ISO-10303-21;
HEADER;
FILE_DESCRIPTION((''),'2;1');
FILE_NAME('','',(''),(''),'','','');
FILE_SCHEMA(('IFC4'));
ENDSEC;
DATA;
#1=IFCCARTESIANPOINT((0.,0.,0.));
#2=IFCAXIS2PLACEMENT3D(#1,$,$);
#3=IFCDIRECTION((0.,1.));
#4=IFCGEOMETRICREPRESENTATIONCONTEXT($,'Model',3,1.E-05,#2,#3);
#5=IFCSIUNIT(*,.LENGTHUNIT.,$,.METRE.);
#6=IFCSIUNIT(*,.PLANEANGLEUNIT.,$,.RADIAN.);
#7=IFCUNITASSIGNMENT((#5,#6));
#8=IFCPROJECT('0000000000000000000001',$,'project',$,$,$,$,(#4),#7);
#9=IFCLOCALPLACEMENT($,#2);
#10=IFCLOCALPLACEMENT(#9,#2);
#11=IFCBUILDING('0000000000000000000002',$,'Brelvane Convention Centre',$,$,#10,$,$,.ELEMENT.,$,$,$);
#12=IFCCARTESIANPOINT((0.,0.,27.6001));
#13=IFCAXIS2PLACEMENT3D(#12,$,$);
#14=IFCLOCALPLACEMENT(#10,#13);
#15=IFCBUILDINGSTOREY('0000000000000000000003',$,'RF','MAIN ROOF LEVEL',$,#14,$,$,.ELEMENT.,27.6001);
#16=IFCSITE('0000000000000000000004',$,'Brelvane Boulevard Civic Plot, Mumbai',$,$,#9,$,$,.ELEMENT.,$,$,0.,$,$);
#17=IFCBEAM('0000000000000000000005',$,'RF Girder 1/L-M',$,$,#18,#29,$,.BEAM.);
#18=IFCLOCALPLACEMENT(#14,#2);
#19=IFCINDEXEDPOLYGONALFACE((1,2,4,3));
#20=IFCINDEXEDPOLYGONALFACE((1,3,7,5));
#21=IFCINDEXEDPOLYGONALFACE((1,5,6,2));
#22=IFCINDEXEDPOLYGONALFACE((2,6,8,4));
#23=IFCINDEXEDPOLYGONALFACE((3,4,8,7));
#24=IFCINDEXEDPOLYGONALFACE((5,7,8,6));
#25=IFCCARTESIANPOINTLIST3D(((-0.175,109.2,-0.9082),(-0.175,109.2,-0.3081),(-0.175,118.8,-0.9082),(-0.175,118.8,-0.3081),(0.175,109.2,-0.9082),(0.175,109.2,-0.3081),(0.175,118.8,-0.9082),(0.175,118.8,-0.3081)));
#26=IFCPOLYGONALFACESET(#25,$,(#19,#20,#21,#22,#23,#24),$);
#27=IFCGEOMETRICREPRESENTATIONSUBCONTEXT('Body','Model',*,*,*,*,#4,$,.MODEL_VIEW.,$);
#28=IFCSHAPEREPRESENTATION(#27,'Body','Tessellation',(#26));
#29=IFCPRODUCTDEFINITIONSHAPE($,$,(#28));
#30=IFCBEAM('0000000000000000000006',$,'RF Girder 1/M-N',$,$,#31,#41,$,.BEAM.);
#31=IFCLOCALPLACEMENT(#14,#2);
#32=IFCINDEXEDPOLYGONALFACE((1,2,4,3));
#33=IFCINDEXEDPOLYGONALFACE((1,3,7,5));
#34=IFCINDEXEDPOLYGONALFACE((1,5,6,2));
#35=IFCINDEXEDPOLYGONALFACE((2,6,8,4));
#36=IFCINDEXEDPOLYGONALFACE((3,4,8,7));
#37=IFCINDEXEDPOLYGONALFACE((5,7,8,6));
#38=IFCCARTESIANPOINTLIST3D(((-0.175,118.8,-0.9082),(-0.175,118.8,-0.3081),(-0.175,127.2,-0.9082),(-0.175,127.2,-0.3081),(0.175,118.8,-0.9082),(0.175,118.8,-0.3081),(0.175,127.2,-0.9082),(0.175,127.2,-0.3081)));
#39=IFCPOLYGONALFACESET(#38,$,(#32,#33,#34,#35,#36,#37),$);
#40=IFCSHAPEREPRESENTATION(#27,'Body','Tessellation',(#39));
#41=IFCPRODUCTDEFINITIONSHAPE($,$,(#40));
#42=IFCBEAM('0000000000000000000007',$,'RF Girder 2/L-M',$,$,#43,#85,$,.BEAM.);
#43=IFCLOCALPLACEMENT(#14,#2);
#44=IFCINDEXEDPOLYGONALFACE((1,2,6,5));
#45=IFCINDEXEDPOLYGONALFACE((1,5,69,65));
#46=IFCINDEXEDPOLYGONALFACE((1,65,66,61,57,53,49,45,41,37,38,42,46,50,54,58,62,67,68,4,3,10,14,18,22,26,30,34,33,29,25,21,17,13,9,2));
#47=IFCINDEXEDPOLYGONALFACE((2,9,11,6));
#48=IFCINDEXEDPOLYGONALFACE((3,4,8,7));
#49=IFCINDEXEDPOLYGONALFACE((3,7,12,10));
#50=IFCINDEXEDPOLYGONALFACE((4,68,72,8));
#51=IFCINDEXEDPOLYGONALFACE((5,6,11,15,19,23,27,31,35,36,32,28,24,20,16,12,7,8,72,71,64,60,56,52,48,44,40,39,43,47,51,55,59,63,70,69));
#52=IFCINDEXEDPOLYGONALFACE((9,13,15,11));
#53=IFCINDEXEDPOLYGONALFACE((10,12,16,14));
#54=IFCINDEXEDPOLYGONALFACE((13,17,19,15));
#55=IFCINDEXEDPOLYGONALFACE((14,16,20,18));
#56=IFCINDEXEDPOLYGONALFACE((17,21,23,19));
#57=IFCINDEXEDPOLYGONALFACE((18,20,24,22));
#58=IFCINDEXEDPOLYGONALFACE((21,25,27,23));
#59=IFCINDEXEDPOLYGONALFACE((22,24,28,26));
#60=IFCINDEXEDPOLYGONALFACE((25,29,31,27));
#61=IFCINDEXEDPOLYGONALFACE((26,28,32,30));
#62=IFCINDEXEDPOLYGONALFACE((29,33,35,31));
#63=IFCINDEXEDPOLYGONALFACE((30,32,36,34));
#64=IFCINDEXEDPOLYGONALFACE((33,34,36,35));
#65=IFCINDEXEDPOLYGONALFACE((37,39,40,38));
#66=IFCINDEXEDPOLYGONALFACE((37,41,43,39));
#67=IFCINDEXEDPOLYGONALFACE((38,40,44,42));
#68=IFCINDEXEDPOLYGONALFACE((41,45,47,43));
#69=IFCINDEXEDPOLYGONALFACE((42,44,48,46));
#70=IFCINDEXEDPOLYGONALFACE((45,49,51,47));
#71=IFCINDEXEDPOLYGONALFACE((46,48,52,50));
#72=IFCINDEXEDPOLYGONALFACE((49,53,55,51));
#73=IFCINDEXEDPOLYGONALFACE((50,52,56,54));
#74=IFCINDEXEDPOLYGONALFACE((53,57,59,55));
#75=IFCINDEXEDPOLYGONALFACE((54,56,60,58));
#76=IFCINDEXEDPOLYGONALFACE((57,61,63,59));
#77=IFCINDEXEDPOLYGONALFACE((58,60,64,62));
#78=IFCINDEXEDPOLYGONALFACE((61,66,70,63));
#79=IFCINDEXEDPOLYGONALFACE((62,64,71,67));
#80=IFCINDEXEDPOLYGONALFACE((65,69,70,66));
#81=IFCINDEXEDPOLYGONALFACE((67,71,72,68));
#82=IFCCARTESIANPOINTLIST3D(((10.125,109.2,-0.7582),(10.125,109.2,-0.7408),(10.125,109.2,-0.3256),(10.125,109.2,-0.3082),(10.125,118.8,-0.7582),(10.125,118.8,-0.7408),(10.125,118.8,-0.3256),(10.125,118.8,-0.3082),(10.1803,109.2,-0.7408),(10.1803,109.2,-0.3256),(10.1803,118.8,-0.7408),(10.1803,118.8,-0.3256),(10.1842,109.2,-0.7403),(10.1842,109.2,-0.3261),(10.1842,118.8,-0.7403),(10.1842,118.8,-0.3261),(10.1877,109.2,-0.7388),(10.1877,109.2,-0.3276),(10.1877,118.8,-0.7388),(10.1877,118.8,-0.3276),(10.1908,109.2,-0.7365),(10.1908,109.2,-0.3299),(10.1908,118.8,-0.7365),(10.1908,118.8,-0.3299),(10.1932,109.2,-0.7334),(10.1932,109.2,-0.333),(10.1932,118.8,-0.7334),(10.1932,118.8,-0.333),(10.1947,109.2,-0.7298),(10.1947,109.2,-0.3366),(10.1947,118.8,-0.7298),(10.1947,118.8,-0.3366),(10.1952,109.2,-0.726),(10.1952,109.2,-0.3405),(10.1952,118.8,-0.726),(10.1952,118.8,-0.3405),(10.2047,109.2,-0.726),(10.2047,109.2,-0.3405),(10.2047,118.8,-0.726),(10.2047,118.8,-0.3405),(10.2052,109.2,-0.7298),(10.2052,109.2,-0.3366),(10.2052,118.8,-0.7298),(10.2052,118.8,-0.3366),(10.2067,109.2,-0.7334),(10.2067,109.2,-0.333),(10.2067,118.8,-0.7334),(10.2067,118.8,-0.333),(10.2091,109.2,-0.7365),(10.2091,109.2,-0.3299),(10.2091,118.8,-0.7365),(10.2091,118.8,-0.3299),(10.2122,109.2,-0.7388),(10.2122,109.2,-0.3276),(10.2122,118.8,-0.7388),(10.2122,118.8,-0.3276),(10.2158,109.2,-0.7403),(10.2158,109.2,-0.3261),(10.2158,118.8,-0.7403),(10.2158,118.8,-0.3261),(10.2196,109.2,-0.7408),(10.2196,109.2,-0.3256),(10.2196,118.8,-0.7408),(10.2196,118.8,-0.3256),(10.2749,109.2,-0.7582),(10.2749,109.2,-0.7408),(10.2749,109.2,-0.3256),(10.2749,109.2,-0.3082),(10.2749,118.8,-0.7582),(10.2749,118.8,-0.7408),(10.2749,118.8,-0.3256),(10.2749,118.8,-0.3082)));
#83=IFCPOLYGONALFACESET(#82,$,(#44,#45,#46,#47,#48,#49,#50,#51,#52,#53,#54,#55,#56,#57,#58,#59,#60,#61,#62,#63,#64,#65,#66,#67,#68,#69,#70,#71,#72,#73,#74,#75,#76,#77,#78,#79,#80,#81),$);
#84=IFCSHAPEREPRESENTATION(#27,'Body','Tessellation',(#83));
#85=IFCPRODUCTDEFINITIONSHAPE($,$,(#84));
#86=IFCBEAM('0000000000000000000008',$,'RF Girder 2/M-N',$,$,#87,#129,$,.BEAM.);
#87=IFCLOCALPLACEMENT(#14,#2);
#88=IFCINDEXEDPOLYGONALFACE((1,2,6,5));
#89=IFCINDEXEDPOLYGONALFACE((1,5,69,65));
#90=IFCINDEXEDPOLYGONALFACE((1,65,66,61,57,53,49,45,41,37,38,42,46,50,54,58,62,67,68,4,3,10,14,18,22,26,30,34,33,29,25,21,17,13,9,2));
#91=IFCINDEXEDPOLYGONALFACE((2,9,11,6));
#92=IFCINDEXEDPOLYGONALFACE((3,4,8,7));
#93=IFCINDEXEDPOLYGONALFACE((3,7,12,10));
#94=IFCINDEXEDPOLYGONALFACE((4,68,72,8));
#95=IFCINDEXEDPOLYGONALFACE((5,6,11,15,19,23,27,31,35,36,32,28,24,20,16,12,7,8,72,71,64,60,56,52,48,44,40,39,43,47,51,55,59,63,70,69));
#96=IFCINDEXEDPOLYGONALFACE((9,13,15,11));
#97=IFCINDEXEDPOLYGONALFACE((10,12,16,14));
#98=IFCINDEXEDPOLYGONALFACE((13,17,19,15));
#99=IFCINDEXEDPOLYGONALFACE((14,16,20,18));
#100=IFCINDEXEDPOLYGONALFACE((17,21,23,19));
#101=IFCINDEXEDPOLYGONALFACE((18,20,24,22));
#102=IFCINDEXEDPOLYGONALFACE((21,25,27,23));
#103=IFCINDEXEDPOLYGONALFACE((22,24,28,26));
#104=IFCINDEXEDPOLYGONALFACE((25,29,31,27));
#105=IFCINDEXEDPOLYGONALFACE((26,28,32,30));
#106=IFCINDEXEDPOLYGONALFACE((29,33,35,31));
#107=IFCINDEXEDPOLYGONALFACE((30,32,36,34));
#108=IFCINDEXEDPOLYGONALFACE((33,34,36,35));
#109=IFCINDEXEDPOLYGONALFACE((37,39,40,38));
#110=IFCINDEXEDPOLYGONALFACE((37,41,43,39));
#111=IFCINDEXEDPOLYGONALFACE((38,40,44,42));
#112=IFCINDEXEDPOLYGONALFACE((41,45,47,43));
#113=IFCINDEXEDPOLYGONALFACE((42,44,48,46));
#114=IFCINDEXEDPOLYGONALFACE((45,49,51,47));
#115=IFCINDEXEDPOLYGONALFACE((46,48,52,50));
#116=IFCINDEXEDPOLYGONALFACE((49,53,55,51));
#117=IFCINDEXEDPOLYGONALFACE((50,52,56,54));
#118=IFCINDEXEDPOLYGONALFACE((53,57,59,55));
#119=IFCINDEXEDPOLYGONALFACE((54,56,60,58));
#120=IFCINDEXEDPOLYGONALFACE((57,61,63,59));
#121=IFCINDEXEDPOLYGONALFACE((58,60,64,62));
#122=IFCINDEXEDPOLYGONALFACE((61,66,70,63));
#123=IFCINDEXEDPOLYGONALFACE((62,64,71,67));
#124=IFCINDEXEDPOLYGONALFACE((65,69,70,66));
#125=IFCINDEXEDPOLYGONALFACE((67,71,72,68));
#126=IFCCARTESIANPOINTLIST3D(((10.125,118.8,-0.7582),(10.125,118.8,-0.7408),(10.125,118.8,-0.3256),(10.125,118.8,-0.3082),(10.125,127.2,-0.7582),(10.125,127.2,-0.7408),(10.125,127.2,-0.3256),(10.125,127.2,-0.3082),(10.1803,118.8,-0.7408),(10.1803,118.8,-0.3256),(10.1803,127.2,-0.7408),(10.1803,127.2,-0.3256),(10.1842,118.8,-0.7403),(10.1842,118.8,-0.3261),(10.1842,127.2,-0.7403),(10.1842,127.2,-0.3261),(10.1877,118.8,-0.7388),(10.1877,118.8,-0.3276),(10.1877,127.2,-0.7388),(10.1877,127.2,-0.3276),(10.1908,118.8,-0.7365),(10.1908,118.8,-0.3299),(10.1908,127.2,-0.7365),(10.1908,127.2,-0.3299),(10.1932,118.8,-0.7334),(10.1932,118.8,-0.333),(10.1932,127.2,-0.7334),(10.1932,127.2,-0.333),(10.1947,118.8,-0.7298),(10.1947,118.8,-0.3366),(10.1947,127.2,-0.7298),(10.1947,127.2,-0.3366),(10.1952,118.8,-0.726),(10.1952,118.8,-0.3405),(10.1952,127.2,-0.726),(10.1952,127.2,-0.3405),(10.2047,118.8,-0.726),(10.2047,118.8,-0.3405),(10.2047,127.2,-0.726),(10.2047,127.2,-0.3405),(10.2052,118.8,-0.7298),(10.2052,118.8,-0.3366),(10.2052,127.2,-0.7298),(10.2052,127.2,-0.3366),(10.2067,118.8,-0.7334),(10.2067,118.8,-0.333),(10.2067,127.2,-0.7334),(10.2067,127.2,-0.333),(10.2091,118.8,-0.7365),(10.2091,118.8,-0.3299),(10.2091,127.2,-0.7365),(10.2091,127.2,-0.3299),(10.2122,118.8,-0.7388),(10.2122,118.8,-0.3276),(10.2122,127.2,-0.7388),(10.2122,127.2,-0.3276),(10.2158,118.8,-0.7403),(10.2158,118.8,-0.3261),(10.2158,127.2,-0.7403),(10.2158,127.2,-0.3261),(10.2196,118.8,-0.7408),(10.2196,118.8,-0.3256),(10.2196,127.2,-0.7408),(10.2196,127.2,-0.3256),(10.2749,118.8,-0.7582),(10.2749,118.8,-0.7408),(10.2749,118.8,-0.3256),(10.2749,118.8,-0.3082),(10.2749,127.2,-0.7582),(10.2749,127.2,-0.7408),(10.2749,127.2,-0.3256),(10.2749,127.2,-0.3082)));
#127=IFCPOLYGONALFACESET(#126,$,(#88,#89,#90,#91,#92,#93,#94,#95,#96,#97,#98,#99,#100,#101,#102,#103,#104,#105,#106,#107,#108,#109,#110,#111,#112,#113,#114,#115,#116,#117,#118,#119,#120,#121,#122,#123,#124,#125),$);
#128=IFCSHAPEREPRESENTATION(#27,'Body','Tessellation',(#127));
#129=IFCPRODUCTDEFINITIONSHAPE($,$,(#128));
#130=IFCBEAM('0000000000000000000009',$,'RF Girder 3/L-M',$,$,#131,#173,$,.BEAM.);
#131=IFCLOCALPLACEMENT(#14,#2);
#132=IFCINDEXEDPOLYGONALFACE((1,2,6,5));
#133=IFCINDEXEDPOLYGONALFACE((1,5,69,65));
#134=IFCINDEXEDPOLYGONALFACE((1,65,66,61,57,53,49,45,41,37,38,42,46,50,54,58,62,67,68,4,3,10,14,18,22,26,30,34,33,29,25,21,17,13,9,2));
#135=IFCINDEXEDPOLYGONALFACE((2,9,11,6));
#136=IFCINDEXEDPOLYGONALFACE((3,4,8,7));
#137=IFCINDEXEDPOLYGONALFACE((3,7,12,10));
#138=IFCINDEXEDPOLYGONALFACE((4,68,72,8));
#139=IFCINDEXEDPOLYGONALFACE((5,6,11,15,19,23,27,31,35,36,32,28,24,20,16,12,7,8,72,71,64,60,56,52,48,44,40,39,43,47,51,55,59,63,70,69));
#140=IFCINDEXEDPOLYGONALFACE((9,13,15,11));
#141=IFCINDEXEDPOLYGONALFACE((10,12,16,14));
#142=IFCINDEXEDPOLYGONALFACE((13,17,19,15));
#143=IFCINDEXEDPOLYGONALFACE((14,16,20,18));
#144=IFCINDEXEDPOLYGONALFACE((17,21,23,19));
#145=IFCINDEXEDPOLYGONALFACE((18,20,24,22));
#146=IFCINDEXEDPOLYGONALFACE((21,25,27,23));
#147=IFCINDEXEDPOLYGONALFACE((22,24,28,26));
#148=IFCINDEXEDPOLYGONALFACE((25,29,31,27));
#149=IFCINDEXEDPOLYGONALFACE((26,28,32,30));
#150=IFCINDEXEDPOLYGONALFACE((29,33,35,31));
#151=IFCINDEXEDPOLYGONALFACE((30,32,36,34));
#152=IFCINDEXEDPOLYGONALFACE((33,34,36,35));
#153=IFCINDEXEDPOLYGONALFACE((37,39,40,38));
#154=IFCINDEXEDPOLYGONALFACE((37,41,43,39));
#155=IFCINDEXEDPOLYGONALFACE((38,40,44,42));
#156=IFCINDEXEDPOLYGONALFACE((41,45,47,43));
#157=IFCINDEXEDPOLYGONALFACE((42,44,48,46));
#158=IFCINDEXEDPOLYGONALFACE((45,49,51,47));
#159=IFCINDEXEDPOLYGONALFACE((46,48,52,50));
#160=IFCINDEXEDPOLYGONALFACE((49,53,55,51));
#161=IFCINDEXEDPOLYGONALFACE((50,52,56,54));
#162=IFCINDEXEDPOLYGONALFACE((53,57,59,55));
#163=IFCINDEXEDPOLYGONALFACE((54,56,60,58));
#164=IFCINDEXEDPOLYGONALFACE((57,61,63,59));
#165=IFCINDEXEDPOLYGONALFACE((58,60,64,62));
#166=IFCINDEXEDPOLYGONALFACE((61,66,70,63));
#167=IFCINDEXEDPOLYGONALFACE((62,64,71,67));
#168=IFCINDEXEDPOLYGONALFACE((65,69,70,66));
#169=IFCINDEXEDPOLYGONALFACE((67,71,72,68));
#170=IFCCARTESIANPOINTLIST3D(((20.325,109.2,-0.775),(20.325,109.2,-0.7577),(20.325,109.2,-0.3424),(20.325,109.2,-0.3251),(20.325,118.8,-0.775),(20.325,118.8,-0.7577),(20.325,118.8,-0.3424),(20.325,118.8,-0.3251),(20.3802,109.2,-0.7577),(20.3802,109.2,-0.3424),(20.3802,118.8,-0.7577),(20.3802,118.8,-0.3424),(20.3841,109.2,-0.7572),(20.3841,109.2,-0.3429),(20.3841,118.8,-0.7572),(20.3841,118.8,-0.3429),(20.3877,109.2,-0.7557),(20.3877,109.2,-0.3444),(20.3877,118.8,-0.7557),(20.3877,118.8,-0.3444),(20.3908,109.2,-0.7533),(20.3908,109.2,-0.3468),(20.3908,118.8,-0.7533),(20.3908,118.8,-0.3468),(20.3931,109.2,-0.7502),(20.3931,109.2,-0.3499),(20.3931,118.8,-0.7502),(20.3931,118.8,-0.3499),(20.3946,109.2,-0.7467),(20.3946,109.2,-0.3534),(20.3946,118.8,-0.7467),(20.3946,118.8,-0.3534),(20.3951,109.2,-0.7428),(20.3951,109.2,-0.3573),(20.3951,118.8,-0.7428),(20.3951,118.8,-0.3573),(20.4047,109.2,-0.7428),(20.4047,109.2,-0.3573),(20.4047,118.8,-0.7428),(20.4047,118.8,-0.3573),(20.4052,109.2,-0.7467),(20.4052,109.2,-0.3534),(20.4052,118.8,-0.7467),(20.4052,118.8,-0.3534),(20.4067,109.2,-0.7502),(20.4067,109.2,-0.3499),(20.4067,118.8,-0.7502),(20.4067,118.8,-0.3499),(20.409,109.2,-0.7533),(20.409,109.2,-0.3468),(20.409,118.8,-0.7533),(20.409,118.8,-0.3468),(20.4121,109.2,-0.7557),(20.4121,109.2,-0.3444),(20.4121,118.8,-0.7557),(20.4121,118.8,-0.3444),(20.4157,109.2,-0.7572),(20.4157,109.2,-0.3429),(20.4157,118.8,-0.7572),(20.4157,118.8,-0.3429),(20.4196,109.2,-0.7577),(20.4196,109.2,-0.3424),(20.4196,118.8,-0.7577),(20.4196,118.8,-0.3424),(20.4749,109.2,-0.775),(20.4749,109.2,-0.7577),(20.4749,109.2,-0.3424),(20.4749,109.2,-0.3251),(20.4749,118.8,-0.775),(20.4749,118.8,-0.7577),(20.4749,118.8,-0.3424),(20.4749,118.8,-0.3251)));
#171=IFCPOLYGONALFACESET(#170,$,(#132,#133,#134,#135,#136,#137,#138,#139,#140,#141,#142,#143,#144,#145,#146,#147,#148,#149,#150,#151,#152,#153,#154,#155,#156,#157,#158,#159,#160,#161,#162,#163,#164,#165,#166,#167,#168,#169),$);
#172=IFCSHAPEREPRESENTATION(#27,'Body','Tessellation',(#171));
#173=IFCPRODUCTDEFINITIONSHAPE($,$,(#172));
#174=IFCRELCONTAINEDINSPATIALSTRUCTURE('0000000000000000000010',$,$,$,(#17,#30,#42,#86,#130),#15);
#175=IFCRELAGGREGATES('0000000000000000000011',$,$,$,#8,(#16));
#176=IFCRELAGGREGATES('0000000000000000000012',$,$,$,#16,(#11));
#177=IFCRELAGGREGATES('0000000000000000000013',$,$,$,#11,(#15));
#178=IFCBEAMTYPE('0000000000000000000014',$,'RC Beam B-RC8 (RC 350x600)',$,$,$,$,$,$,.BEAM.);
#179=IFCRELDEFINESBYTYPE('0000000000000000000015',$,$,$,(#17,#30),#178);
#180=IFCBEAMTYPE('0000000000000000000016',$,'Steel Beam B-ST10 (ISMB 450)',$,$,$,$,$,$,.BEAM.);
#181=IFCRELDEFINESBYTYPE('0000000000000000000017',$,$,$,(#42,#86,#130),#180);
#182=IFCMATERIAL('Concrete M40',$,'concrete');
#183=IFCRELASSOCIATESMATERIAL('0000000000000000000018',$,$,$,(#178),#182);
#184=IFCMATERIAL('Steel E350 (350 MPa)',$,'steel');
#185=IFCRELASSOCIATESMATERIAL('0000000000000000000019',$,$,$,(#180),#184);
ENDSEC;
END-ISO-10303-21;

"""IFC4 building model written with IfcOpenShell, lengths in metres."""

from ifc_helpers import new_model, si_unit, direction, frame, origin, origin_2d, place, context, subcontext, project, spatial, rectangle, i_section, extrude, material, material_profile, profile_set, type_object, element, save


model = new_model("IFC4")

# Units and contexts
model_context = context("Model", 3, precision=1e-05, world=origin(), true_north=direction((0.0, 1.0)))
body_context = subcontext(model_context, "Body", "Model", "MODEL_VIEW")
ifc_project = project(units=[si_unit("LENGTHUNIT", "METRE"), si_unit("PLANEANGLEUNIT", "RADIAN")], contexts=[model_context])

# Site, building, storey
site_placement = place(None, origin())
site = spatial("IfcSite", under=ifc_project, at=site_placement, Name="Brelvane Boulevard Civic Plot, Mumbai", CompositionType="ELEMENT", RefElevation=0.0)
building_placement = place(site_placement, origin())
building = spatial("IfcBuilding", under=site, at=building_placement, Name="Brelvane Convention Centre", CompositionType="ELEMENT")
storey_placement = place(building_placement, frame((0.0, 0.0, 27.6001)))
storey = spatial("IfcBuildingStorey", under=building, at=storey_placement, Name="RF", Description="MAIN ROOF LEVEL", CompositionType="ELEMENT", Elevation=27.6001)

# Beams
ifc_material_1 = material(Name="Concrete M40", Category="concrete")
ifc_material_profile_1 = material_profile(ifc_material_1, rectangle(XDim=0.3501, YDim=0.6001, at=origin_2d()), Name="RC 350x600")
ifc_profile_set_1 = profile_set([ifc_material_profile_1], Name="Concrete M40")
beam_type_1 = type_object("IfcBeamType", Name="RC Beam B-RC8 (RC 350x600)", PredefinedType="BEAM", material=ifc_profile_set_1)
beam_1_placement = place(storey_placement, frame((0.0, 109.2, -0.6082), z_axis=(0.0, 1.0, 0.0), x_axis=(-1.0, 0.0, 0.0)))
element("IfcBeam", 1, at=beam_1_placement, inside=storey, type_object=beam_type_1, Name="RF Girder 1/L-M", PredefinedType="BEAM", context=body_context, shape_type="SweptSolid", body=[
    extrude(rectangle(XDim=0.3501, YDim=0.6001, at=origin_2d()), origin(), (0.0, 0.0, 1.0), 9.6001),
])
beam_2_placement = place(storey_placement, frame((0.0, 118.8, -0.6082), z_axis=(0.0, 1.0, 0.0), x_axis=(-1.0, 0.0, 0.0)))
element("IfcBeam", 2, at=beam_2_placement, inside=storey, type_object=beam_type_1, Name="RF Girder 1/M-N", PredefinedType="BEAM", context=body_context, shape_type="SweptSolid", body=[
    extrude(rectangle(XDim=0.3501, YDim=0.6001, at=origin_2d()), origin(), (0.0, 0.0, 1.0), 8.3999),
])
ifc_material_2 = material(Name="Steel E350 (350 MPa)", Category="steel")
ifc_material_profile_2 = material_profile(ifc_material_2, i_section(OverallWidth=0.1499, OverallDepth=0.45, WebThickness=0.0095, FlangeThickness=0.0173, FilletRadius=0.0149, at=origin_2d()), Name="ISMB 450")
ifc_profile_set_2 = profile_set([ifc_material_profile_2], Name="Steel E350 (350 MPa)")
beam_type_2 = type_object("IfcBeamType", Name="Steel Beam B-ST10 (ISMB 450)", PredefinedType="BEAM", material=ifc_profile_set_2)
beam_3_placement = place(storey_placement, frame((10.2, 109.2, -0.5332), z_axis=(0.0, 1.0, 0.0), x_axis=(-1.0, 0.0, 0.0)))
element("IfcBeam", 3, at=beam_3_placement, inside=storey, type_object=beam_type_2, Name="RF Girder 2/L-M", PredefinedType="BEAM", context=body_context, shape_type="SweptSolid", body=[
    extrude(i_section(OverallWidth=0.1499, OverallDepth=0.45, WebThickness=0.0095, FlangeThickness=0.0173, FilletRadius=0.0149, at=origin_2d()), origin(), (0.0, 0.0, 1.0), 9.6001),
])
beam_4_placement = place(storey_placement, frame((10.2, 118.8, -0.5332), z_axis=(0.0, 1.0, 0.0), x_axis=(-1.0, 0.0, 0.0)))
element("IfcBeam", 4, at=beam_4_placement, inside=storey, type_object=beam_type_2, Name="RF Girder 2/M-N", PredefinedType="BEAM", context=body_context, shape_type="SweptSolid", body=[
    extrude(i_section(OverallWidth=0.1499, OverallDepth=0.45, WebThickness=0.0095, FlangeThickness=0.0173, FilletRadius=0.0149, at=origin_2d()), origin(), (0.0, 0.0, 1.0), 8.3999),
])
beam_5_placement = place(storey_placement, frame((20.3999, 109.2, -0.55), z_axis=(0.0, 1.0, 0.0), x_axis=(-1.0, 0.0, 0.0)))
element("IfcBeam", 5, at=beam_5_placement, inside=storey, type_object=beam_type_2, Name="RF Girder 3/L-M", PredefinedType="BEAM", context=body_context, shape_type="SweptSolid", body=[
    extrude(i_section(OverallWidth=0.1499, OverallDepth=0.45, WebThickness=0.0095, FlangeThickness=0.0173, FilletRadius=0.0149, at=origin_2d()), origin(), (0.0, 0.0, 1.0), 9.6001),
])

save(model, "model.ifc")
